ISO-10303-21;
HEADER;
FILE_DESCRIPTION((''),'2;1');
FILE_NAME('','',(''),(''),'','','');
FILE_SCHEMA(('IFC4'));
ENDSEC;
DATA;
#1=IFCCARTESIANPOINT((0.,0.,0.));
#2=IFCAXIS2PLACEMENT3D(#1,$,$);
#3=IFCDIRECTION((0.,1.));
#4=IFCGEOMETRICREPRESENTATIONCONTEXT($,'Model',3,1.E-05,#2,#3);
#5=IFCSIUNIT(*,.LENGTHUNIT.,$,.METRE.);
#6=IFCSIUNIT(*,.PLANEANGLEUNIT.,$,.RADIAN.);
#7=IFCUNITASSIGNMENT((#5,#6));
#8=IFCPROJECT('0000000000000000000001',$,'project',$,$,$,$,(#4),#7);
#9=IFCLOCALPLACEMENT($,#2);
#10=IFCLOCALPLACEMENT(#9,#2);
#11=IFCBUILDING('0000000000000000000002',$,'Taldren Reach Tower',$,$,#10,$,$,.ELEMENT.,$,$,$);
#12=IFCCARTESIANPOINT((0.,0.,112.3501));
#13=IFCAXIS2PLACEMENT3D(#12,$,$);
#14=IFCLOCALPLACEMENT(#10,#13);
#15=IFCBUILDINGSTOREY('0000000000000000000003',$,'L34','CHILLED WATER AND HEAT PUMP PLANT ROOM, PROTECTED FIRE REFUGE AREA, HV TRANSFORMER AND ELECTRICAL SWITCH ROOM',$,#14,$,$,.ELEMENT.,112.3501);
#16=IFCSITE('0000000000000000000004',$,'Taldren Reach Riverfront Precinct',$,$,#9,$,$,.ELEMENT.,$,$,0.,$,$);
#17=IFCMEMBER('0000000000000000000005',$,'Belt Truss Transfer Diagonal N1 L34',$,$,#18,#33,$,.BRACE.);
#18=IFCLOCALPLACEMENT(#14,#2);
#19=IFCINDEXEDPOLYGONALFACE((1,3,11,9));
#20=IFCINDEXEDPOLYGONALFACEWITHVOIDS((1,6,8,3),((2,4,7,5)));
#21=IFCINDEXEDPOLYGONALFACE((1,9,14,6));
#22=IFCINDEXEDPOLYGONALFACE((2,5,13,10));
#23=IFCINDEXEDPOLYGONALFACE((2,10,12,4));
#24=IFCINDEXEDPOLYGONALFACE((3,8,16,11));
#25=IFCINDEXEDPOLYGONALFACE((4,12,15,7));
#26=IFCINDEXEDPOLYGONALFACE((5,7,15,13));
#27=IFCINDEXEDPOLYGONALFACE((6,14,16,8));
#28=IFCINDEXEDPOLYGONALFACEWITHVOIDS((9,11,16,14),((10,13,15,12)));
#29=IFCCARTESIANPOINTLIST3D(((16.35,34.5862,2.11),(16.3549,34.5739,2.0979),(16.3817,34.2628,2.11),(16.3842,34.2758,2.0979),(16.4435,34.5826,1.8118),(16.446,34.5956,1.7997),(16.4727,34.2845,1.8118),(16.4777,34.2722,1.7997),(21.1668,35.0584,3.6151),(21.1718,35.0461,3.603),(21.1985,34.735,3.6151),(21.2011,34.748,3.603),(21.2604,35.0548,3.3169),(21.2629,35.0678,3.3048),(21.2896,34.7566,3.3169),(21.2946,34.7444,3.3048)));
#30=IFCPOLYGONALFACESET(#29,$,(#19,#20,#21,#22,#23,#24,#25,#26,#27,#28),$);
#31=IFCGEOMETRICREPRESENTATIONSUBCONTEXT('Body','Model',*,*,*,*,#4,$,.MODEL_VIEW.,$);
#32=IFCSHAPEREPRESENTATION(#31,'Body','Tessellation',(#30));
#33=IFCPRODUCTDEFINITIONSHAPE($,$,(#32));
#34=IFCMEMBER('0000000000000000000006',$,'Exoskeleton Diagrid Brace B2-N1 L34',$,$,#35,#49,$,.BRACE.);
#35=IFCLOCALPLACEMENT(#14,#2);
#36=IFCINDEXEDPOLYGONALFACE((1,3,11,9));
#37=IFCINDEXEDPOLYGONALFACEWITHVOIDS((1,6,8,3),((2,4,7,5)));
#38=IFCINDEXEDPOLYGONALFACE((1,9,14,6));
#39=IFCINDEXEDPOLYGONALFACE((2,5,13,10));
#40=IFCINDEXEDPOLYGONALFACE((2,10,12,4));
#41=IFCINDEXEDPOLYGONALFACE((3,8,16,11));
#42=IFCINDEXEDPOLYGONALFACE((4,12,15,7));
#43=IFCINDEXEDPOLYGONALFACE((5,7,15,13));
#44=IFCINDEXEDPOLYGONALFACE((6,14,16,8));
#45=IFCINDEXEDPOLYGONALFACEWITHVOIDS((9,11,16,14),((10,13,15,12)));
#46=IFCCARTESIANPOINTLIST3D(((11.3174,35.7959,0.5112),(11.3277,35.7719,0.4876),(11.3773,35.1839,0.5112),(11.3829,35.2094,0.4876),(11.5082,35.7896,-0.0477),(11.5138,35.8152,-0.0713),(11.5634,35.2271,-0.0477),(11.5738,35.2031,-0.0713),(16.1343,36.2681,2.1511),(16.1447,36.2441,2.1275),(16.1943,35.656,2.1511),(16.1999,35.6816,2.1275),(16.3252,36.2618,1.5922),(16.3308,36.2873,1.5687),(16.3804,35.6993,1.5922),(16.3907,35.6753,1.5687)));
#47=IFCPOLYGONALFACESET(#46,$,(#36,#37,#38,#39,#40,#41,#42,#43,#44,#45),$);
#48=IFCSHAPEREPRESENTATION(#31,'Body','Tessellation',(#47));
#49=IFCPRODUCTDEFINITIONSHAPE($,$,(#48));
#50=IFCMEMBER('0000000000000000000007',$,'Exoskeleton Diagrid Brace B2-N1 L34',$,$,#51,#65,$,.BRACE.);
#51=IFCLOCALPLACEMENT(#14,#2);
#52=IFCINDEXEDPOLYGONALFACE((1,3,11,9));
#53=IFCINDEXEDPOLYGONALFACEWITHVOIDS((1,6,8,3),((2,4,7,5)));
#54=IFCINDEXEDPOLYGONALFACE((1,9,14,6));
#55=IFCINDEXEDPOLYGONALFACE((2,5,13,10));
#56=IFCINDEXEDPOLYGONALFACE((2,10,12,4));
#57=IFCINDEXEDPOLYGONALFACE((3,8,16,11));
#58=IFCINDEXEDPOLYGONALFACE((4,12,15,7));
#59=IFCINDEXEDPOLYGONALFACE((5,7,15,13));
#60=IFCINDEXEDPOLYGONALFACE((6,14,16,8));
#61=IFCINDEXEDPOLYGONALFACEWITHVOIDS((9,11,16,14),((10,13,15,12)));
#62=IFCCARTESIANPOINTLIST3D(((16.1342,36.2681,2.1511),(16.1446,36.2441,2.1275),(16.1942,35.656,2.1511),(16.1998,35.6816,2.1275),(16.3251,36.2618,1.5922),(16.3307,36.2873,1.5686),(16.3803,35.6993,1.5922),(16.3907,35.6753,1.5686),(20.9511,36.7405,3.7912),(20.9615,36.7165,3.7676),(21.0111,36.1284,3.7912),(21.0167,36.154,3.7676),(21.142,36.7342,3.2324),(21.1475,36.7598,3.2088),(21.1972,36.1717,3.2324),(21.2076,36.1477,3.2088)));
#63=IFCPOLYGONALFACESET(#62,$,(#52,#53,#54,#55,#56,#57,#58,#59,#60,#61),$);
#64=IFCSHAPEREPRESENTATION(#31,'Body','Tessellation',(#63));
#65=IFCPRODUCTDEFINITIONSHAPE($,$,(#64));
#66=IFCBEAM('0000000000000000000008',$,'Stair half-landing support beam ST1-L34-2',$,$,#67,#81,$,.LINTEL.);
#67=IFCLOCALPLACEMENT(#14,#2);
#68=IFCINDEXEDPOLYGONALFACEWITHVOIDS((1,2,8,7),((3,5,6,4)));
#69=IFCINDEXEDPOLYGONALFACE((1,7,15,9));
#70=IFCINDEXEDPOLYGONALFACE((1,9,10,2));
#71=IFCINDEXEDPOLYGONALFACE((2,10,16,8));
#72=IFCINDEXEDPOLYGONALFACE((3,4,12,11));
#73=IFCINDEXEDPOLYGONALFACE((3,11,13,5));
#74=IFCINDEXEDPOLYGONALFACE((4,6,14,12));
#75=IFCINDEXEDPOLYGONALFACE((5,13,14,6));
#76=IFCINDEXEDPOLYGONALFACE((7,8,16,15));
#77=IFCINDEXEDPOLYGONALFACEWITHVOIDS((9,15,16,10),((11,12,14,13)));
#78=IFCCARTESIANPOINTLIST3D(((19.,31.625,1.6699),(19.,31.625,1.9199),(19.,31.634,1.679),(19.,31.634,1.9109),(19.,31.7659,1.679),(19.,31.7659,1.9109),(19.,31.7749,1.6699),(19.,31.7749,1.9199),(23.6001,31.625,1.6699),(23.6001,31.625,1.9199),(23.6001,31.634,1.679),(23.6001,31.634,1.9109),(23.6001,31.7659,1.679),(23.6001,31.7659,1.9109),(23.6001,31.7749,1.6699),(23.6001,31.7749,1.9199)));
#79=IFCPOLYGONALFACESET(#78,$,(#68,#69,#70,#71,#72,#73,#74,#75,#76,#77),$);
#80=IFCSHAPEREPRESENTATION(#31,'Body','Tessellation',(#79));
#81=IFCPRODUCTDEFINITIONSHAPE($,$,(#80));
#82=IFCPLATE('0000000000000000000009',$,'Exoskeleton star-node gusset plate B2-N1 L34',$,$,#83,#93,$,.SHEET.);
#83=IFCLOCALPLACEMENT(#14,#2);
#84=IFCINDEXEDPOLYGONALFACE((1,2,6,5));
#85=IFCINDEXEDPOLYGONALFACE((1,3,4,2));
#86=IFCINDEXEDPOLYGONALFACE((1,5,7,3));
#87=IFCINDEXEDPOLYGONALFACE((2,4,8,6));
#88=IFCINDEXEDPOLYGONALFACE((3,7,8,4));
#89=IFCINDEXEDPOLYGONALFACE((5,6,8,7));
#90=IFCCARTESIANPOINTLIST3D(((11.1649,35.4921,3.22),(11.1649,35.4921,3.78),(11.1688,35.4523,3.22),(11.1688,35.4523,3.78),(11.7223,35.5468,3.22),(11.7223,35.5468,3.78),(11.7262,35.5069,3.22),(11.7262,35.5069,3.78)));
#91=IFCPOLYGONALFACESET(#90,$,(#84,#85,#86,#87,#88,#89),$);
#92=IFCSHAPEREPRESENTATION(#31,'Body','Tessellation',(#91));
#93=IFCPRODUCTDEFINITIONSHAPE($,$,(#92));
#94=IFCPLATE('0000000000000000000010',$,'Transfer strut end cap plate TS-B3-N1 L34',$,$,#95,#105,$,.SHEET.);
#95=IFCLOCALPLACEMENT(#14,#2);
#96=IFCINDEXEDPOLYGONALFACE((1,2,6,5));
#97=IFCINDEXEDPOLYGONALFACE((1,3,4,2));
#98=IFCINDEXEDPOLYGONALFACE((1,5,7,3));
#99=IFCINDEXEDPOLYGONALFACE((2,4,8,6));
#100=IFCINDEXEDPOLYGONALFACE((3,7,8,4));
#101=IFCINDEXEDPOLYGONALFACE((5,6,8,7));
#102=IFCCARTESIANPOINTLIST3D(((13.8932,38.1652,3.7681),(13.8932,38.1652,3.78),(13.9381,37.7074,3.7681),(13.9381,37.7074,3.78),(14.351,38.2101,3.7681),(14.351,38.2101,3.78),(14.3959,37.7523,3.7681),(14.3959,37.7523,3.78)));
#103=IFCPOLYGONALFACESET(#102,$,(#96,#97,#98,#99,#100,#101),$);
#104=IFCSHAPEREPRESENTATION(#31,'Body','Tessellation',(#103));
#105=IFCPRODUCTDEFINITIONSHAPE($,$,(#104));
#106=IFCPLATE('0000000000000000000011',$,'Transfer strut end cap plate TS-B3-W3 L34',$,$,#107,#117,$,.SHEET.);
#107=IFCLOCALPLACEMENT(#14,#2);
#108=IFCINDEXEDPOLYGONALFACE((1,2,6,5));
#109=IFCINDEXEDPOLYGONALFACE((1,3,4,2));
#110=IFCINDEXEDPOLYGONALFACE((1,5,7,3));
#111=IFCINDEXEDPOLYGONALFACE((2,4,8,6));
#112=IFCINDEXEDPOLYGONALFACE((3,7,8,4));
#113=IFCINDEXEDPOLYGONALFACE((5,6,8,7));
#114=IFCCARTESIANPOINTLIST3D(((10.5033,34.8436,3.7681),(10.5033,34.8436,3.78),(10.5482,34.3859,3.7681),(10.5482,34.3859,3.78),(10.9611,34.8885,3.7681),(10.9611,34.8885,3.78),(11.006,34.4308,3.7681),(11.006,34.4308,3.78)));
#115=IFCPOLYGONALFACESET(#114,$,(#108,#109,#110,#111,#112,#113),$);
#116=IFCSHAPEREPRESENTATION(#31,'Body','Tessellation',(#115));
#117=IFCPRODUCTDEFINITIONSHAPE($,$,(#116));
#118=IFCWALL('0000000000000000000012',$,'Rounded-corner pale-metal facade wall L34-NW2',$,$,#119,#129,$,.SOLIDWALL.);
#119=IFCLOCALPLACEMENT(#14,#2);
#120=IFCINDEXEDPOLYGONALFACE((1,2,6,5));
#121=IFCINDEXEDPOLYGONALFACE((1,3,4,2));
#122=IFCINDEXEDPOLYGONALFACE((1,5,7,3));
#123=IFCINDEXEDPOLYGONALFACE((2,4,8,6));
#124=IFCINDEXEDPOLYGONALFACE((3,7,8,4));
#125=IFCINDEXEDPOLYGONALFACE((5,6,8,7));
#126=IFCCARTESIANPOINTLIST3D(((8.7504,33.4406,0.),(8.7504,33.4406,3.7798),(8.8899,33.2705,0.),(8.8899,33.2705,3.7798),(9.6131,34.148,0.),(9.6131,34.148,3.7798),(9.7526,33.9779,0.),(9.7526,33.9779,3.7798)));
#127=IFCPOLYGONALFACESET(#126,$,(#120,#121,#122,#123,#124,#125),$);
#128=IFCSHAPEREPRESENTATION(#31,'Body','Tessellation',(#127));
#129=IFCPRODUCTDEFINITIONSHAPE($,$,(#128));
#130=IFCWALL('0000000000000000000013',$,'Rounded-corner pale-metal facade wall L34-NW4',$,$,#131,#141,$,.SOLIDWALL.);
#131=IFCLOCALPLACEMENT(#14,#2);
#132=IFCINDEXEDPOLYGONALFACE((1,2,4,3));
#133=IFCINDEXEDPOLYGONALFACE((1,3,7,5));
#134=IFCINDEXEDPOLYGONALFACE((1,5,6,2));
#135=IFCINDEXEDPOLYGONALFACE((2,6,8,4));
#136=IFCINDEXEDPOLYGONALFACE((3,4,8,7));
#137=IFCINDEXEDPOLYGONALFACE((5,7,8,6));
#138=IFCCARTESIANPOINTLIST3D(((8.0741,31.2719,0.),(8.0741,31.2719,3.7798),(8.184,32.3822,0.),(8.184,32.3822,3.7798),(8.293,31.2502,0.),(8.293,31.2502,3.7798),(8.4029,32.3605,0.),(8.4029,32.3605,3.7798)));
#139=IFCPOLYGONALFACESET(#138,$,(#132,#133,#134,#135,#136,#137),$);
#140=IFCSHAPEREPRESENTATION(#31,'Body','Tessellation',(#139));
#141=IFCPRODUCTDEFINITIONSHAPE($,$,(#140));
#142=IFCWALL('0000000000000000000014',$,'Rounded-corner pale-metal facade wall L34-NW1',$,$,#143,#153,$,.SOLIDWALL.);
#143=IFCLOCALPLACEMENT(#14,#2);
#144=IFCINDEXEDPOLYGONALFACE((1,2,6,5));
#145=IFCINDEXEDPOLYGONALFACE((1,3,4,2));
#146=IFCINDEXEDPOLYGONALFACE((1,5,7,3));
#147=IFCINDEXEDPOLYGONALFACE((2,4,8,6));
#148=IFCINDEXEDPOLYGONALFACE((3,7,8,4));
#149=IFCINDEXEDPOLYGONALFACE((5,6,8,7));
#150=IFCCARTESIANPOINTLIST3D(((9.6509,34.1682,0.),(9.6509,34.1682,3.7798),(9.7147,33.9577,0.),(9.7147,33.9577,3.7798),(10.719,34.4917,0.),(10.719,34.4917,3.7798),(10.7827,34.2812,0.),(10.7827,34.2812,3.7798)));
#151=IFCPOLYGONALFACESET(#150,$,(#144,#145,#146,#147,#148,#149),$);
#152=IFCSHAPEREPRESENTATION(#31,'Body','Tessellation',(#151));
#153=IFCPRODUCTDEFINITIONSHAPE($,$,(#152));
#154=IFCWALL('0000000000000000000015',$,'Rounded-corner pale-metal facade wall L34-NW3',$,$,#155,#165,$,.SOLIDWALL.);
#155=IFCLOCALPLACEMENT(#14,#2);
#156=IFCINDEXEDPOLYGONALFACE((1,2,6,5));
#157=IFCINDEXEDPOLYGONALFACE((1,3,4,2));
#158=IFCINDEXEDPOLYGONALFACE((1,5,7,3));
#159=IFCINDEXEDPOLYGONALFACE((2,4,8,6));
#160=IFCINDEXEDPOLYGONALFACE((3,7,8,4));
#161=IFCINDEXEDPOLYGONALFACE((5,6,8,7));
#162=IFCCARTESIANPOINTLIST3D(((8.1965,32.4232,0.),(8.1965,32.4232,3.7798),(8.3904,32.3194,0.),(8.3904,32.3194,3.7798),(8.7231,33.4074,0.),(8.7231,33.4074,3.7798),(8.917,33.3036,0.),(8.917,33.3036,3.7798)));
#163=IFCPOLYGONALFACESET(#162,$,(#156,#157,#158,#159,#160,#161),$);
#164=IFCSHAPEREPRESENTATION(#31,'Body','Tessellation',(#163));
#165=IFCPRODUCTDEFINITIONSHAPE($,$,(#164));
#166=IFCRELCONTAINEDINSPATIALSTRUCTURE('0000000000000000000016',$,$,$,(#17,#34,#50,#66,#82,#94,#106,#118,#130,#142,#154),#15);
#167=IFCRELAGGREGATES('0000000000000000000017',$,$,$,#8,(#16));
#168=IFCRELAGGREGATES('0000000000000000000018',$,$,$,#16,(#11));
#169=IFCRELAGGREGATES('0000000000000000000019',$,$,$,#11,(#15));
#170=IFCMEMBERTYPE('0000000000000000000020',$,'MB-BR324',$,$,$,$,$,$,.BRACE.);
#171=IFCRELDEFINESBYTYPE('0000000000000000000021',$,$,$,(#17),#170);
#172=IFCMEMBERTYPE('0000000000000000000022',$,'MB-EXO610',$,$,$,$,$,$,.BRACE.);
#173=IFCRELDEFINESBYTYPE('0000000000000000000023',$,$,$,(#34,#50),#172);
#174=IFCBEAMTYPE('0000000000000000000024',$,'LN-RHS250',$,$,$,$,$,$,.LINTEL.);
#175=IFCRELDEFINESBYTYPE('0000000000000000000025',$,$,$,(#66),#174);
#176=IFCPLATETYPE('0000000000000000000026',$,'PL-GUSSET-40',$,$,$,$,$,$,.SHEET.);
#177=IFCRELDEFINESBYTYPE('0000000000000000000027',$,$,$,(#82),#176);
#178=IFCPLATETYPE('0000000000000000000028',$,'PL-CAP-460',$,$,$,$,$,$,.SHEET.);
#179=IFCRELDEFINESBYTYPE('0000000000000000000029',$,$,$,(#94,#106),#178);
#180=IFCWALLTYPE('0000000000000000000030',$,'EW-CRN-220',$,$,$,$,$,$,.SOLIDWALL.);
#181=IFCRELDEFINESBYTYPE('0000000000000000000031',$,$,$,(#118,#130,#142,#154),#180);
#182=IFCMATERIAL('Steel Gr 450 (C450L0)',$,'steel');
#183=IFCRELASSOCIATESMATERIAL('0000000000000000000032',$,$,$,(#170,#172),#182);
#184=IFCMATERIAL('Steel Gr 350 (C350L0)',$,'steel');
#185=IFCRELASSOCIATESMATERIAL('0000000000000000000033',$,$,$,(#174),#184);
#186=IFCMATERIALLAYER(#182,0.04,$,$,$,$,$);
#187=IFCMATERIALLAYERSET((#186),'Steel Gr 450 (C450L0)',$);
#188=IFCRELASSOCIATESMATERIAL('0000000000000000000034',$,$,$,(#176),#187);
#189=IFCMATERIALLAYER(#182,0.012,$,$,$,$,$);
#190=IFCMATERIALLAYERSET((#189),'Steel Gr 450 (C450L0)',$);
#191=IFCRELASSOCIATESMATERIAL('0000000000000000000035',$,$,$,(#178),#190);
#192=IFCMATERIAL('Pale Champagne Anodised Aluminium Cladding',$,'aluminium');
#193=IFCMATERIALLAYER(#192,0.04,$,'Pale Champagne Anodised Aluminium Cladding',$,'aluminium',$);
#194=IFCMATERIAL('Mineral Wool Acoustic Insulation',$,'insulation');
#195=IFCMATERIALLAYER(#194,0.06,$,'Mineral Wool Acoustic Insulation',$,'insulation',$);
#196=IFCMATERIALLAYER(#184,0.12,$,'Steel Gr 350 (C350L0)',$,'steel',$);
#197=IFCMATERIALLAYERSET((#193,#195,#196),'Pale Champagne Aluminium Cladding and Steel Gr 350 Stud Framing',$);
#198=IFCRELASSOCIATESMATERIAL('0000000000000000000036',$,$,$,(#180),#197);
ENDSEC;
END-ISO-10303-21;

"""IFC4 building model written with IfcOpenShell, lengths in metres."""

from ifc_helpers import new_model, si_unit, direction, frame, frame_2d, origin, origin_2d, place, context, subcontext, project, spatial, rectangle, hollow_rectangle, extrude, source, transform, mapped, material, layer, layer_set, material_profile, profile_set, type_object, element, save


model = new_model("IFC4")

# Units and contexts
model_context = context("Model", 3, precision=1e-05, world=origin(), true_north=direction((0.0, 1.0)))
body_context = subcontext(model_context, "Body", "Model", "MODEL_VIEW")
ifc_project = project(units=[si_unit("LENGTHUNIT", "METRE"), si_unit("PLANEANGLEUNIT", "RADIAN")], contexts=[model_context])

# Site, building, storey
site_placement = place(None, origin())
site = spatial("IfcSite", under=ifc_project, at=site_placement, Name="Taldren Reach Riverfront Precinct", CompositionType="ELEMENT", RefElevation=0.0)
building_placement = place(site_placement, origin())
building = spatial("IfcBuilding", under=site, at=building_placement, Name="Taldren Reach Tower", CompositionType="ELEMENT")
storey_placement = place(building_placement, frame((0.0, 0.0, 112.3501)))
storey = spatial("IfcBuildingStorey", under=building, at=storey_placement, Name="L34", Description="CHILLED WATER AND HEAT PUMP PLANT ROOM, PROTECTED FIRE REFUGE AREA, HV TRANSFORMER AND ELECTRICAL SWITCH ROOM", CompositionType="ELEMENT", Elevation=112.3501)

# Shared definitions
ifc_material_1 = material(Name="Steel Gr 450 (C450L0)", Category="steel")
ifc_material_2 = material(Name="Steel Gr 350 (C350L0)", Category="steel")

# Members
ifc_material_profile_1 = material_profile(ifc_material_1, hollow_rectangle(XDim=0.325, YDim=0.325, WallThickness=0.0127, at=origin_2d()), Name="325x325x12.7SHS")
ifc_profile_set_1 = profile_set([ifc_material_profile_1], Name="Steel Gr 450 (C450L0)")
member_type_1 = type_object("IfcMemberType", Name="MB-BR324", PredefinedType="BRACE", material=ifc_profile_set_1)
shared_shape_1 = source(origin(), body_context, "Body", "SweptSolid", [
    extrude(hollow_rectangle(XDim=0.325, YDim=0.325, WallThickness=0.0127, at=origin_2d()), origin(), (0.0, 0.0, 1.0), 5.0686),
])
for number, where, z_axis, x_axis, name in (
    (1, (16.4138, 34.4292, 1.9548), (0.950338, 0.093155, 0.296951), (-0.097556, 0.99523, 0.0), "Belt Truss Transfer Diagonal N1 L34"),
):
    element("IfcMember", number, at=place(storey_placement, frame(where, z_axis=z_axis, x_axis=x_axis)), inside=storey, type_object=member_type_1, Name=name, PredefinedType="BRACE", context=body_context, shape_type="MappedRepresentation", body=[
        mapped(shared_shape_1, transform((0.0, 0.0, 0.0), scale=1.0)),
    ])
ifc_material_profile_2 = material_profile(ifc_material_1, hollow_rectangle(XDim=0.615, YDim=0.615, WallThickness=0.0249, at=origin_2d()), Name="615x615x25.0SHS")
ifc_profile_set_2 = profile_set([ifc_material_profile_2], Name="Steel Gr 450 (C450L0)")
member_type_2 = type_object("IfcMemberType", Name="MB-EXO610", PredefinedType="BRACE", material=ifc_profile_set_2)
shared_shape_2 = source(origin(), body_context, "Body", "SweptSolid", [
    extrude(hollow_rectangle(XDim=0.615, YDim=0.615, WallThickness=0.0249, at=origin_2d()), origin(), (0.0, 0.0, 1.0), 5.1104),
])
for number, where, z_axis, x_axis, name in (
    (2, (11.4456, 35.4995, 0.22), (0.942595, 0.092396, 0.320903), (-0.097556, 0.99523, 0.0), "Exoskeleton Diagrid Brace B2-N1 L34"),
    (3, (16.2625, 35.9717, 1.8599), (0.942576, 0.092442, 0.320944), (-0.097606, 0.995225, 0.0), "Exoskeleton Diagrid Brace B2-N1 L34"),
):
    element("IfcMember", number, at=place(storey_placement, frame(where, z_axis=z_axis, x_axis=x_axis)), inside=storey, type_object=member_type_2, Name=name, PredefinedType="BRACE", context=body_context, shape_type="MappedRepresentation", body=[
        mapped(shared_shape_2, transform((0.0, 0.0, 0.0), scale=1.0)),
    ])

# Beam
ifc_material_profile_3 = material_profile(ifc_material_2, hollow_rectangle(XDim=0.1499, YDim=0.25, WallThickness=0.009, at=origin_2d()), Name="250x150x9.0RHS")
ifc_profile_set_3 = profile_set([ifc_material_profile_3], Name="Steel Gr 350 (C350L0)")
beam_type_1 = type_object("IfcBeamType", Name="LN-RHS250", PredefinedType="LINTEL", material=ifc_profile_set_3)
shared_shape_3 = source(origin(), body_context, "Body", "SweptSolid", [
    extrude(hollow_rectangle(XDim=0.1499, YDim=0.25, WallThickness=0.009, at=origin_2d()), origin(), (0.0, 0.0, 1.0), 4.6001),
])
beam_1_placement = place(storey_placement, frame((19.0, 31.7, 1.7949), z_axis=(1.0, 0.0, 0.0), x_axis=(0.0, 1.0, 0.0)))
element("IfcBeam", 4, at=beam_1_placement, inside=storey, type_object=beam_type_1, Name="Stair half-landing support beam ST1-L34-2", PredefinedType="LINTEL", context=body_context, shape_type="MappedRepresentation", body=[
    mapped(shared_shape_3, transform((0.0, 0.0, 0.0), scale=1.0)),
])

# Plates
ifc_layer_1 = layer(ifc_material_1, 0.04)
ifc_layer_set_1 = layer_set([ifc_layer_1], Name="Steel Gr 450 (C450L0)")
plate_type_1 = type_object("IfcPlateType", Name="PL-GUSSET-40", PredefinedType="SHEET", material=ifc_layer_set_1)
shared_shape_4 = source(origin(), body_context, "Body", "SweptSolid", [
    extrude(rectangle(XDim=0.5601, YDim=0.04, at=origin_2d()), origin(), (0.0, 0.0, 1.0), 0.5601),
])
plate_placement = place(storey_placement, frame((11.4456, 35.4995, 3.22), z_axis=(0.0, 0.0, 1.0), x_axis=(0.995227, 0.097583, 0.0)))
element("IfcPlate", 5, at=plate_placement, inside=storey, type_object=plate_type_1, Name="Exoskeleton star-node gusset plate B2-N1 L34", PredefinedType="SHEET", context=body_context, shape_type="MappedRepresentation", body=[
    mapped(shared_shape_4, transform((0.0, 0.0, 0.0), scale=1.0)),
])
ifc_layer_2 = layer(ifc_material_1, 0.012)
ifc_layer_set_2 = layer_set([ifc_layer_2], Name="Steel Gr 450 (C450L0)")
plate_type_2 = type_object("IfcPlateType", Name="PL-CAP-460", PredefinedType="SHEET", material=ifc_layer_set_2)
shared_shape_5 = source(origin(), body_context, "Body", "SweptSolid", [
    extrude(rectangle(XDim=0.46, YDim=0.46, at=origin_2d()), origin(), (0.0, 0.0, 1.0), 0.012),
])
for number, where, z_axis, x_axis, name in (
    (6, (14.1445, 37.9587, 3.7681), (0.0, 0.0, 1.0), (0.995227, 0.097583, 0.0), "Transfer strut end cap plate TS-B3-N1 L34"),
    (7, (10.7546, 34.6372, 3.7681), (0.0, 0.0, 1.0), (0.995227, 0.097583, 0.0), "Transfer strut end cap plate TS-B3-W3 L34"),
):
    element("IfcPlate", number, at=place(storey_placement, frame(where, z_axis=z_axis, x_axis=x_axis)), inside=storey, type_object=plate_type_2, Name=name, PredefinedType="SHEET", context=body_context, shape_type="MappedRepresentation", body=[
        mapped(shared_shape_5, transform((0.0, 0.0, 0.0), scale=1.0)),
    ])

# Walls
ifc_material_3 = material(Name="Pale Champagne Anodised Aluminium Cladding", Category="aluminium")
ifc_layer_3 = layer(ifc_material_3, 0.04, Name="Pale Champagne Anodised Aluminium Cladding", Category="aluminium")
ifc_material_4 = material(Name="Mineral Wool Acoustic Insulation", Category="insulation")
ifc_layer_4 = layer(ifc_material_4, 0.06, Name="Mineral Wool Acoustic Insulation", Category="insulation")
ifc_layer_5 = layer(ifc_material_2, 0.12, Name="Steel Gr 350 (C350L0)", Category="steel")
ifc_layer_set_3 = layer_set([ifc_layer_3, ifc_layer_4, ifc_layer_5], Name="Pale Champagne Aluminium Cladding and Steel Gr 350 Stud Framing")
wall_type_1 = type_object("IfcWallType", Name="EW-CRN-220", PredefinedType="SOLIDWALL", material=ifc_layer_set_3)
shared_shape_6 = source(origin(), body_context, "Body", "SweptSolid", [
    extrude(rectangle(XDim=1.1157, YDim=0.22, at=frame_2d((0.5579, 0.0))), origin(), (0.0, 0.0, 1.0), 3.7798),
])
for number, where, z_axis, x_axis, name in (
    (8, (9.6829, 34.063, 0.0), (0.0, 0.0, 1.0), (-0.773255, -0.634095, 0.0), "Rounded-corner pale-metal facade wall L34-NW2"),
    (9, (8.2935, 32.3713, 0.0), (0.0, 0.0, 1.0), (-0.098464, -0.995141, 0.0), "Rounded-corner pale-metal facade wall L34-NW4"),
):
    element("IfcWall", number, at=place(storey_placement, frame(where, z_axis=z_axis, x_axis=x_axis)), inside=storey, type_object=wall_type_1, Name=name, PredefinedType="SOLIDWALL", context=body_context, shape_type="MappedRepresentation", body=[
        mapped(shared_shape_6, transform((0.0, 0.0, 0.0), scale=1.0)),
    ])
shared_shape_7 = source(origin(), body_context, "Body", "SweptSolid", [
    extrude(rectangle(XDim=1.116, YDim=0.22, at=frame_2d((0.5581, 0.0))), origin(), (0.0, 0.0, 1.0), 3.7798),
])
wall_1_placement = place(storey_placement, frame((10.751, 34.3865, 0.0), z_axis=(0.0, 0.0, 1.0), x_axis=(-0.95707, -0.289856, 0.0)))
element("IfcWall", 10, at=wall_1_placement, inside=storey, type_object=wall_type_1, Name="Rounded-corner pale-metal facade wall L34-NW1", PredefinedType="SOLIDWALL", context=body_context, shape_type="MappedRepresentation", body=[
    mapped(shared_shape_7, transform((0.0, 0.0, 0.0), scale=1.0)),
])
shared_shape_8 = source(origin(), body_context, "Body", "SweptSolid", [
    extrude(rectangle(XDim=1.1162, YDim=0.22, at=frame_2d((0.5581, 0.0))), origin(), (0.0, 0.0, 1.0), 3.7798),
])
wall_2_placement = place(storey_placement, frame((8.8201, 33.3555, 0.0), z_axis=(0.0, 0.0, 1.0), x_axis=(-0.471803, -0.881704, 0.0)))
element("IfcWall", 11, at=wall_2_placement, inside=storey, type_object=wall_type_1, Name="Rounded-corner pale-metal facade wall L34-NW3", PredefinedType="SOLIDWALL", context=body_context, shape_type="MappedRepresentation", body=[
    mapped(shared_shape_8, transform((0.0, 0.0, 0.0), scale=1.0)),
])

save(model, "model.ifc")
